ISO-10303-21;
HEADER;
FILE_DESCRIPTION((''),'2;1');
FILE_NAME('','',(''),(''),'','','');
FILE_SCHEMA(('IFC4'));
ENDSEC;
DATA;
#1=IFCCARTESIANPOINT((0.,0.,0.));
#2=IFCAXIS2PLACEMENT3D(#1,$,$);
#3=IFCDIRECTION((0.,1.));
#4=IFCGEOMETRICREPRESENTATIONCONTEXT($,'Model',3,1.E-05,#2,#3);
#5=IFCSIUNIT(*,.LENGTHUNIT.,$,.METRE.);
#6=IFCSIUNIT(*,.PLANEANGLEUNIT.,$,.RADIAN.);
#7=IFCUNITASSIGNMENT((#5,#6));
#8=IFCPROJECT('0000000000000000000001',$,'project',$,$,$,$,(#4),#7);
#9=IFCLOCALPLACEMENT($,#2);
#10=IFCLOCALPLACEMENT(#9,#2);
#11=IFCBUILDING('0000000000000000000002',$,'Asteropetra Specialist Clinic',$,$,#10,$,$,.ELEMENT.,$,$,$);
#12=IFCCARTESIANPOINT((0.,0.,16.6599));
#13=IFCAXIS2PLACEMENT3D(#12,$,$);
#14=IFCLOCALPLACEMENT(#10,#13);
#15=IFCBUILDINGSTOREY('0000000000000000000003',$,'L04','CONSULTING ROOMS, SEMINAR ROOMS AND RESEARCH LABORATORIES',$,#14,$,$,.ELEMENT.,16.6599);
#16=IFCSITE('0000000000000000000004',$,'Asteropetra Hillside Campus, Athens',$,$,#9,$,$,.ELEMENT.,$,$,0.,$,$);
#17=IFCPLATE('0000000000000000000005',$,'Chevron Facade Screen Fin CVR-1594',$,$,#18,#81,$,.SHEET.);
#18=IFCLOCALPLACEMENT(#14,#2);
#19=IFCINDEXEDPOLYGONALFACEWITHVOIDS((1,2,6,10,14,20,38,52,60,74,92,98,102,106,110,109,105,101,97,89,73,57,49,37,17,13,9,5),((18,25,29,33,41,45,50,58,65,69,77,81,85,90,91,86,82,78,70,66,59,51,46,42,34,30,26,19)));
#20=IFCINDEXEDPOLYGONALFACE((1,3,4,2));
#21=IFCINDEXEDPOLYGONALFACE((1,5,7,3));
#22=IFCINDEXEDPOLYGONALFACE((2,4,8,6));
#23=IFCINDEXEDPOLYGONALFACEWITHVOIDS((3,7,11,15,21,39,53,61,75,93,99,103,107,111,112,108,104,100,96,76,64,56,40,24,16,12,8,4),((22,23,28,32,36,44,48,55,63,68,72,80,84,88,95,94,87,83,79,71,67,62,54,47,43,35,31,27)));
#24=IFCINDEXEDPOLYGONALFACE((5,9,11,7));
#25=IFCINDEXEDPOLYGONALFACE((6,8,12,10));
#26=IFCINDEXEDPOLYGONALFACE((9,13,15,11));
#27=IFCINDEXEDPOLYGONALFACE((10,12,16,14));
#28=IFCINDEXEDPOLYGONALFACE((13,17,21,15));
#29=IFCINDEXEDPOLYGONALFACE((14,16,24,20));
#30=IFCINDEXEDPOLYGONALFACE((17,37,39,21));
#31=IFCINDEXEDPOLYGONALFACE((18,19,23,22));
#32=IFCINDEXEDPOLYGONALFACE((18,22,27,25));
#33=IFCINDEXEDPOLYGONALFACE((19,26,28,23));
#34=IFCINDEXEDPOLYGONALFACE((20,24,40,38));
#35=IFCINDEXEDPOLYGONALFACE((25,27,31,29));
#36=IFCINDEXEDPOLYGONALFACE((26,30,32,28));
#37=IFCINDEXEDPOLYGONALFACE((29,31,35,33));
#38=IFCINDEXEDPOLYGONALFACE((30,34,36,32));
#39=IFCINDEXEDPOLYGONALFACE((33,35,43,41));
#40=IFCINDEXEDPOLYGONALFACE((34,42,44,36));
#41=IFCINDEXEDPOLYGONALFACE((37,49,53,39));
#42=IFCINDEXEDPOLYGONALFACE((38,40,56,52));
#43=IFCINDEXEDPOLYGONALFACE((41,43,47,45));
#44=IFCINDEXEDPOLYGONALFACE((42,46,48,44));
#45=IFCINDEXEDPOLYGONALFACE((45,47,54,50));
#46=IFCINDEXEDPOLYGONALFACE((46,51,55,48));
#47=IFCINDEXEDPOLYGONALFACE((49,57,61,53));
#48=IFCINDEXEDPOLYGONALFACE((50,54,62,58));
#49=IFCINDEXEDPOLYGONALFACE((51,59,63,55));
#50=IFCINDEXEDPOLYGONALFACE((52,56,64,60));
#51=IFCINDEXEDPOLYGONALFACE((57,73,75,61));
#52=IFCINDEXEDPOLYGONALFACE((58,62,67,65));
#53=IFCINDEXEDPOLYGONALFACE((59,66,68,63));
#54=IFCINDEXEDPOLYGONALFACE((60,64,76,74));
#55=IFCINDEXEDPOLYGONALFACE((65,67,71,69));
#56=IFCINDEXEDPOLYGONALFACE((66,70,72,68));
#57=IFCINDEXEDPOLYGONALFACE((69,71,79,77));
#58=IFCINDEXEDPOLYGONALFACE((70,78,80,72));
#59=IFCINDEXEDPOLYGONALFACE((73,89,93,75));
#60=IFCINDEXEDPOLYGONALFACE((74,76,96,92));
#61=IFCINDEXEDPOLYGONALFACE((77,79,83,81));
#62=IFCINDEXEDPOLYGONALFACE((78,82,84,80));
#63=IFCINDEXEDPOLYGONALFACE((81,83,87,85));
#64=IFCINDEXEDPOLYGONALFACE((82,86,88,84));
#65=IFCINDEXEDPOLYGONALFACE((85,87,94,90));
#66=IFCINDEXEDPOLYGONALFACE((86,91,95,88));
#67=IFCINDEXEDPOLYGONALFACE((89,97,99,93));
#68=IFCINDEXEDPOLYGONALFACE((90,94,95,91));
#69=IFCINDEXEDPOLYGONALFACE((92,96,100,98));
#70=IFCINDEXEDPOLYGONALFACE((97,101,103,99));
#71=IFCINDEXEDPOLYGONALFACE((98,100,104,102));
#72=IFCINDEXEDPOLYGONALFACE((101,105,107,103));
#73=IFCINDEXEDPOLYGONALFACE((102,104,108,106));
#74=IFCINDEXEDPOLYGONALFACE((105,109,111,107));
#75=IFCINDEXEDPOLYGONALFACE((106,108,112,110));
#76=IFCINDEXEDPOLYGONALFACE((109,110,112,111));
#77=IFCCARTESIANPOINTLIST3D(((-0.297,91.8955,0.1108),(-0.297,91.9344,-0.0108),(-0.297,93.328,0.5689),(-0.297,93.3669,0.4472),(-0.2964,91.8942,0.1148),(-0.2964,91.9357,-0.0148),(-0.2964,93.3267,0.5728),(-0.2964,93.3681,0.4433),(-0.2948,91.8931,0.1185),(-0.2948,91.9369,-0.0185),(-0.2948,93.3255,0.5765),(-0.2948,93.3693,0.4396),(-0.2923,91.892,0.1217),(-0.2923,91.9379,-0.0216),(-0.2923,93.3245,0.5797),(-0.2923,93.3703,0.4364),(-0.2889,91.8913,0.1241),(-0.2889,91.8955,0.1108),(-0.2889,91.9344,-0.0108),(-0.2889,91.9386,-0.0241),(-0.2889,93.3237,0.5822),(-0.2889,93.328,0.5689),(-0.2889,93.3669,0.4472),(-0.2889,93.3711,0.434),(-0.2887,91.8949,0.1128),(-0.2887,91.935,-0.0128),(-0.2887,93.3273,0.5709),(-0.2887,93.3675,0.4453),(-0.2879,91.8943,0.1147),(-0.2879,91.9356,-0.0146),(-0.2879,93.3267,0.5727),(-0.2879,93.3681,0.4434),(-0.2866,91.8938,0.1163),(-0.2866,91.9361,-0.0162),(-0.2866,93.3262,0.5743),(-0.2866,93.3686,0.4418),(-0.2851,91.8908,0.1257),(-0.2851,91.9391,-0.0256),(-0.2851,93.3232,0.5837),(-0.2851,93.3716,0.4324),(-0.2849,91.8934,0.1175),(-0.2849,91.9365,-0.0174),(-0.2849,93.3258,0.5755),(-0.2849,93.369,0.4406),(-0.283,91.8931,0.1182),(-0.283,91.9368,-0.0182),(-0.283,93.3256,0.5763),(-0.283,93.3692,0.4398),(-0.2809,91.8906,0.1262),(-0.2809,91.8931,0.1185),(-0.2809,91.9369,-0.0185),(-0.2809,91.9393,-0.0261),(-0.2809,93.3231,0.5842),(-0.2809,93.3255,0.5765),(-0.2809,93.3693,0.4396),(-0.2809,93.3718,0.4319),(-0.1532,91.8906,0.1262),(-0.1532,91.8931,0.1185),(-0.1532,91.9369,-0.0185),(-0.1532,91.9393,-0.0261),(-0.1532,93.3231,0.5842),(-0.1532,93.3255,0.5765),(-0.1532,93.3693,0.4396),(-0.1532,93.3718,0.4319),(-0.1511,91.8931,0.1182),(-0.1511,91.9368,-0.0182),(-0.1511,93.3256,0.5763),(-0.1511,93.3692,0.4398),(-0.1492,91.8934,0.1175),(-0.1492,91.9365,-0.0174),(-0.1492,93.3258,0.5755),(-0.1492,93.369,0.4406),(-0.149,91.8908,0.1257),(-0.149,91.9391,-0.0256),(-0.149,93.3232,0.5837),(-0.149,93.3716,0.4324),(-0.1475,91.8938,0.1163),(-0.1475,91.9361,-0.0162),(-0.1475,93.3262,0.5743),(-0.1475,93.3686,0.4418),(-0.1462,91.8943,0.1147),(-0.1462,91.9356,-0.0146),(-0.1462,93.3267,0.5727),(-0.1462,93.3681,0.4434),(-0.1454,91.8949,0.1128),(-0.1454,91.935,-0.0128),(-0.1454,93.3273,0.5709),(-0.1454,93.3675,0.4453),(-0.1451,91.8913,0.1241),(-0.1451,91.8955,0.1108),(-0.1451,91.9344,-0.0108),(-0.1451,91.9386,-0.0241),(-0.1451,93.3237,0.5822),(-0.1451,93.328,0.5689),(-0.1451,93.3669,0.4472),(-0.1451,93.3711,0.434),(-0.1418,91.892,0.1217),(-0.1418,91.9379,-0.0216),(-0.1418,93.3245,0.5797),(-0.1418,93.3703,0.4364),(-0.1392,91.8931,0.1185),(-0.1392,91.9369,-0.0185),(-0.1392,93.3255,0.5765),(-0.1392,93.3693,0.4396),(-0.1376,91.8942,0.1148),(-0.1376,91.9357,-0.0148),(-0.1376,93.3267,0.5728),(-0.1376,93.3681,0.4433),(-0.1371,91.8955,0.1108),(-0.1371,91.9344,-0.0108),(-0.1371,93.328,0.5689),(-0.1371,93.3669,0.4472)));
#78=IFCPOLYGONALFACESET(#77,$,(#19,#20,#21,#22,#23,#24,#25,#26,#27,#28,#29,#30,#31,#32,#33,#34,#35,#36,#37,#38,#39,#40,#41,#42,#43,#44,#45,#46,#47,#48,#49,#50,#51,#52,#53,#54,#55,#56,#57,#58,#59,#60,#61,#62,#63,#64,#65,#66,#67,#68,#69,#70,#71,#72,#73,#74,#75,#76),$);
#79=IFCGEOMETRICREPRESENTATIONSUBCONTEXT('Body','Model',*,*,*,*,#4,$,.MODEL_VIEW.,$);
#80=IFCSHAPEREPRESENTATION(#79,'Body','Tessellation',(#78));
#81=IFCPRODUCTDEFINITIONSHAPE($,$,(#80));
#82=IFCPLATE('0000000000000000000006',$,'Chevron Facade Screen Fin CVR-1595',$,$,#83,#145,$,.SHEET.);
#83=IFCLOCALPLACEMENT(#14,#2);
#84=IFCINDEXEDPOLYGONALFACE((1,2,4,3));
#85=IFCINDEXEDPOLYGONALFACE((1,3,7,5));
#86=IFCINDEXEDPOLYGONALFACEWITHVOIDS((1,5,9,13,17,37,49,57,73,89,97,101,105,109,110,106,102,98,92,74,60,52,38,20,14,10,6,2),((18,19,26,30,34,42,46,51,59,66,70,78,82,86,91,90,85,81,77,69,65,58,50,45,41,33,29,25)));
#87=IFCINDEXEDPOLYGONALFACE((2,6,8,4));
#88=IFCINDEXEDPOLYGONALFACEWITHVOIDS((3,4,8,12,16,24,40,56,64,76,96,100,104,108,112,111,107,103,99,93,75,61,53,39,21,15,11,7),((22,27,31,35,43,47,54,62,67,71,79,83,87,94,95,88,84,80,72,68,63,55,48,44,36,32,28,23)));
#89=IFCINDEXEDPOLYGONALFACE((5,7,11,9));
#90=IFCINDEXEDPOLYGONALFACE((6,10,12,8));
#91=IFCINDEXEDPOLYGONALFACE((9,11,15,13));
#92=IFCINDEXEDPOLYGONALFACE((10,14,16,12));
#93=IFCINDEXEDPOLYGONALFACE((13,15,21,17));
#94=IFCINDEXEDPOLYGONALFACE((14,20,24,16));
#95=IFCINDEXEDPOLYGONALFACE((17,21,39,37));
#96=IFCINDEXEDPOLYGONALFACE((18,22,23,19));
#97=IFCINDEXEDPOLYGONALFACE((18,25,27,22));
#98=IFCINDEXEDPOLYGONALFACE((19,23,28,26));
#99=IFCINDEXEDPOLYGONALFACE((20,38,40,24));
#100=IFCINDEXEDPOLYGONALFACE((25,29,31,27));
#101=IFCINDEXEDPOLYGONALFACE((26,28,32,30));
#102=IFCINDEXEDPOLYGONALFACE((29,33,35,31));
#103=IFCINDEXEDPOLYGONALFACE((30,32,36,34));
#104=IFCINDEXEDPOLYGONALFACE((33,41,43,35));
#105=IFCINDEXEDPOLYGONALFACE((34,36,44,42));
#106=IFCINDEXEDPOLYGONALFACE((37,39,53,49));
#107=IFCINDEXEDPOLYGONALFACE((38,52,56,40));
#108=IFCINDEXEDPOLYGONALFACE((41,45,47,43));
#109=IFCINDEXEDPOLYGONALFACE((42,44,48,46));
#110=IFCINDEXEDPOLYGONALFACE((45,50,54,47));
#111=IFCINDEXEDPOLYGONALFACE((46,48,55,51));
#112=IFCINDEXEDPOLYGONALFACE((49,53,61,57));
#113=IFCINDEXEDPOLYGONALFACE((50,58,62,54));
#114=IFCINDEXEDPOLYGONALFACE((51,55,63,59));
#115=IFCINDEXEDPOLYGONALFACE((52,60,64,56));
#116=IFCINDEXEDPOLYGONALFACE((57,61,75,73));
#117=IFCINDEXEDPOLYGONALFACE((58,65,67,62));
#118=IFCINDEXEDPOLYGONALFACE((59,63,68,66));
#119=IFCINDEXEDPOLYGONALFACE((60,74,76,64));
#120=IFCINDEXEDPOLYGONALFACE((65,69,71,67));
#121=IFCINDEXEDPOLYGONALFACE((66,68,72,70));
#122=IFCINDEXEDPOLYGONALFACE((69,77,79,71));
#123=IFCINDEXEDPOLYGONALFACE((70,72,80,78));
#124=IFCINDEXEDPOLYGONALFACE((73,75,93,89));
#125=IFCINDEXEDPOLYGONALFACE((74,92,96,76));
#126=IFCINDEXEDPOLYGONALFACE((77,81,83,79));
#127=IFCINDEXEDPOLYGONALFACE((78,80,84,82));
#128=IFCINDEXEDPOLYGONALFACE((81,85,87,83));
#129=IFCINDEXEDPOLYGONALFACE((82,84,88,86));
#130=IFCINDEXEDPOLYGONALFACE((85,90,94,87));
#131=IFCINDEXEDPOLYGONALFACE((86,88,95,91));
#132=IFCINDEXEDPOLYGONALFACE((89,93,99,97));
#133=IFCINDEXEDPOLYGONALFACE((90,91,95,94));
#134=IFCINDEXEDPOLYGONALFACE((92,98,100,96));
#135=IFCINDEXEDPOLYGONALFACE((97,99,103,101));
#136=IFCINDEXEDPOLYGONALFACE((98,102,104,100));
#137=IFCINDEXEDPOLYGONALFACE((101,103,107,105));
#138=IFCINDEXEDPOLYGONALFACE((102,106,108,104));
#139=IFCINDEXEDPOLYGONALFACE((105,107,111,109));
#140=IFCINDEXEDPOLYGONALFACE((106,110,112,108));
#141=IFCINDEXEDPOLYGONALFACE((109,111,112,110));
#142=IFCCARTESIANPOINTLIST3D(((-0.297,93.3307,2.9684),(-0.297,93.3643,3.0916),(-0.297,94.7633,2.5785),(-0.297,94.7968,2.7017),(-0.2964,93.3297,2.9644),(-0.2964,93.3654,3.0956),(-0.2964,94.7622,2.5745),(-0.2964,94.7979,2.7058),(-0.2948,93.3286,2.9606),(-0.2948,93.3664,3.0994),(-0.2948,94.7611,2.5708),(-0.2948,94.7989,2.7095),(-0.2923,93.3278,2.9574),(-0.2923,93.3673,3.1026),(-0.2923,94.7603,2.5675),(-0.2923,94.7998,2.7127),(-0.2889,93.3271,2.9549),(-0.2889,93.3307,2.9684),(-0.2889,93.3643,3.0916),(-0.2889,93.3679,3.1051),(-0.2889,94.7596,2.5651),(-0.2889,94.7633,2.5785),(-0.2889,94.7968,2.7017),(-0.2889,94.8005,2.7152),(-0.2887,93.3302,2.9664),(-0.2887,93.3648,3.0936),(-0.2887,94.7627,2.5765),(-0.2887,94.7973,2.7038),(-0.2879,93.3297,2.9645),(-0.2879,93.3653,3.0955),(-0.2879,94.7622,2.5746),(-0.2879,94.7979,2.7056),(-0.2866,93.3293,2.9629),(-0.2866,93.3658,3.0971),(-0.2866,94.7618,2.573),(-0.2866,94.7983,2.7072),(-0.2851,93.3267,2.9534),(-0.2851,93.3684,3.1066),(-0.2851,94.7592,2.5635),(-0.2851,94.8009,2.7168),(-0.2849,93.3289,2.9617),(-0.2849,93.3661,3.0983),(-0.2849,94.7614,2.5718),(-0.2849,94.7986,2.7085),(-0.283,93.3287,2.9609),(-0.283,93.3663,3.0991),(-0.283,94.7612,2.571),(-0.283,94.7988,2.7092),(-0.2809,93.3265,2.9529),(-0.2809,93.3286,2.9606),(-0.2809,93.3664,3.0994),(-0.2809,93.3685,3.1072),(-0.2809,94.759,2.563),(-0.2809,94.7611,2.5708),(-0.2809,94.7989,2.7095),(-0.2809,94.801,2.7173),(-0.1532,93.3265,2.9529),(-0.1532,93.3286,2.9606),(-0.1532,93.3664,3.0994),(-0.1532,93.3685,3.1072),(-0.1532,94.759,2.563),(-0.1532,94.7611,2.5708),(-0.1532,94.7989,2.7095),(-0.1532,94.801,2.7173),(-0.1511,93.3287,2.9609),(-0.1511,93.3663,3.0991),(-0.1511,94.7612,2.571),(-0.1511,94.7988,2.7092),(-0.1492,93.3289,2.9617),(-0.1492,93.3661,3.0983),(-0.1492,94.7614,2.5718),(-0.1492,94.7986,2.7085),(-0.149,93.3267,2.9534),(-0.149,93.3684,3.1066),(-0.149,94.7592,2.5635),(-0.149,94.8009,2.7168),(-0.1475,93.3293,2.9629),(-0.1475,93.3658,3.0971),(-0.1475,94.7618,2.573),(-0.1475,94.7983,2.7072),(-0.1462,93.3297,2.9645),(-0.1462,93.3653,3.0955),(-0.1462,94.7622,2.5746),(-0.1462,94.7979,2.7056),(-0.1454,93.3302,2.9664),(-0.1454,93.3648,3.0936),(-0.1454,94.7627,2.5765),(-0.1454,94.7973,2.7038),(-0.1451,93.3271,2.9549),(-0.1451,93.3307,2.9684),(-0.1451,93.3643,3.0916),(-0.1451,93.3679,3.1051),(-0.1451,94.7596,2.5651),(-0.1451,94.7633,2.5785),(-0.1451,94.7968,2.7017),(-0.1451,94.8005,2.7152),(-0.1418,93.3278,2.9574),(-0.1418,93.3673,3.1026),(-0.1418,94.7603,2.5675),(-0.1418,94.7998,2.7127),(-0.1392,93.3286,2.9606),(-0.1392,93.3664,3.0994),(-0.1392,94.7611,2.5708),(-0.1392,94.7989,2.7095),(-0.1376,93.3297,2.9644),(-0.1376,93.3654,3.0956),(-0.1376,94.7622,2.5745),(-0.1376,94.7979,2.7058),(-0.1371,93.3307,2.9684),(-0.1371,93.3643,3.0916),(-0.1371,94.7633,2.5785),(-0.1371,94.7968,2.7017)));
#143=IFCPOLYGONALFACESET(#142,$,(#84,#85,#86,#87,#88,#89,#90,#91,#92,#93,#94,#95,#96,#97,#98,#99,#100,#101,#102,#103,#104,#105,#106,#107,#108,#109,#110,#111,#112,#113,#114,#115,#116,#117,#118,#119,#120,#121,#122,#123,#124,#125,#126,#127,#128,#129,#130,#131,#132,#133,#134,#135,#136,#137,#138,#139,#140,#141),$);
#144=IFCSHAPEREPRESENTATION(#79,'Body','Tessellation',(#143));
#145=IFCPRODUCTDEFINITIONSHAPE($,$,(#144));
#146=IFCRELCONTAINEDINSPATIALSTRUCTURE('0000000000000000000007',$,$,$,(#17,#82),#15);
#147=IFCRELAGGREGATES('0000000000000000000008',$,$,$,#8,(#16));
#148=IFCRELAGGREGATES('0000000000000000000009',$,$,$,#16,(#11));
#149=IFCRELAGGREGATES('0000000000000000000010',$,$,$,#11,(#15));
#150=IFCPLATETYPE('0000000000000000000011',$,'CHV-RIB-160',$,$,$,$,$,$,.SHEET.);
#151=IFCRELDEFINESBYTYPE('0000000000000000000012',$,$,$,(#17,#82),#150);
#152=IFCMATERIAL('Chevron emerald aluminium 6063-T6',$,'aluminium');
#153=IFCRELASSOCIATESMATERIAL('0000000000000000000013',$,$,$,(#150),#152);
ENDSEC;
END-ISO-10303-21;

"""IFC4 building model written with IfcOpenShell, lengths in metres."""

from ifc_helpers import new_model, si_unit, direction, frame, origin, origin_2d, place, context, subcontext, project, spatial, hollow_rectangle, extrude, material, material_profile, profile_set, type_object, element, save


model = new_model("IFC4")

# Units and contexts
model_context = context("Model", 3, precision=1e-05, world=origin(), true_north=direction((0.0, 1.0)))
body_context = subcontext(model_context, "Body", "Model", "MODEL_VIEW")
ifc_project = project(units=[si_unit("LENGTHUNIT", "METRE"), si_unit("PLANEANGLEUNIT", "RADIAN")], contexts=[model_context])

# Site, building, storey
site_placement = place(None, origin())
site = spatial("IfcSite", under=ifc_project, at=site_placement, Name="Asteropetra Hillside Campus, Athens", CompositionType="ELEMENT", RefElevation=0.0)
building_placement = place(site_placement, origin())
building = spatial("IfcBuilding", under=site, at=building_placement, Name="Asteropetra Specialist Clinic", CompositionType="ELEMENT")
storey_placement = place(building_placement, frame((0.0, 0.0, 16.6599)))
storey = spatial("IfcBuildingStorey", under=building, at=storey_placement, Name="L04", Description="CONSULTING ROOMS, SEMINAR ROOMS AND RESEARCH LABORATORIES", CompositionType="ELEMENT", Elevation=16.6599)

# Plates
ifc_material_1 = material(Name="Chevron emerald aluminium 6063-T6", Category="aluminium")
ifc_material_profile = material_profile(ifc_material_1, hollow_rectangle(XDim=0.1599, YDim=0.1599, WallThickness=0.0081, InnerFilletRadius=0.0081, OuterFilletRadius=0.0161, at=origin_2d()), Name="SHS 160x160x8.0")
ifc_profile_set = profile_set([ifc_material_profile], Name="Chevron emerald aluminium 6063-T6")
plate_type_1 = type_object("IfcPlateType", Name="CHV-RIB-160", PredefinedType="SHEET", material=ifc_profile_set)
plate_1_placement = place(storey_placement, frame((-0.217, 93.3474, 0.5081), z_axis=(0.0, -0.952492, -0.304564), x_axis=(1.0, 0.0, 0.0)))
element("IfcPlate", 1, at=plate_1_placement, inside=storey, type_object=plate_type_1, Name="Chevron Facade Screen Fin CVR-1594", PredefinedType="SHEET", context=body_context, shape_type="SweptSolid", body=[
    extrude(hollow_rectangle(XDim=0.1599, YDim=0.1599, WallThickness=0.0081, InnerFilletRadius=0.0081, OuterFilletRadius=0.0161, at=origin_2d()), origin(), (0.0, 0.0, 1.0), 1.5039),
])
plate_2_placement = place(storey_placement, frame((-0.217, 94.78, 2.6401), z_axis=(0.0, -0.964904, 0.262603), x_axis=(1.0, 0.0, 0.0)))
element("IfcPlate", 2, at=plate_2_placement, inside=storey, type_object=plate_type_1, Name="Chevron Facade Screen Fin CVR-1595", PredefinedType="SHEET", context=body_context, shape_type="SweptSolid", body=[
    extrude(hollow_rectangle(XDim=0.1599, YDim=0.1599, WallThickness=0.0081, InnerFilletRadius=0.0081, OuterFilletRadius=0.0161, at=origin_2d()), origin(), (0.0, 0.0, 1.0), 1.4846),
])

save(model, "model.ifc")
